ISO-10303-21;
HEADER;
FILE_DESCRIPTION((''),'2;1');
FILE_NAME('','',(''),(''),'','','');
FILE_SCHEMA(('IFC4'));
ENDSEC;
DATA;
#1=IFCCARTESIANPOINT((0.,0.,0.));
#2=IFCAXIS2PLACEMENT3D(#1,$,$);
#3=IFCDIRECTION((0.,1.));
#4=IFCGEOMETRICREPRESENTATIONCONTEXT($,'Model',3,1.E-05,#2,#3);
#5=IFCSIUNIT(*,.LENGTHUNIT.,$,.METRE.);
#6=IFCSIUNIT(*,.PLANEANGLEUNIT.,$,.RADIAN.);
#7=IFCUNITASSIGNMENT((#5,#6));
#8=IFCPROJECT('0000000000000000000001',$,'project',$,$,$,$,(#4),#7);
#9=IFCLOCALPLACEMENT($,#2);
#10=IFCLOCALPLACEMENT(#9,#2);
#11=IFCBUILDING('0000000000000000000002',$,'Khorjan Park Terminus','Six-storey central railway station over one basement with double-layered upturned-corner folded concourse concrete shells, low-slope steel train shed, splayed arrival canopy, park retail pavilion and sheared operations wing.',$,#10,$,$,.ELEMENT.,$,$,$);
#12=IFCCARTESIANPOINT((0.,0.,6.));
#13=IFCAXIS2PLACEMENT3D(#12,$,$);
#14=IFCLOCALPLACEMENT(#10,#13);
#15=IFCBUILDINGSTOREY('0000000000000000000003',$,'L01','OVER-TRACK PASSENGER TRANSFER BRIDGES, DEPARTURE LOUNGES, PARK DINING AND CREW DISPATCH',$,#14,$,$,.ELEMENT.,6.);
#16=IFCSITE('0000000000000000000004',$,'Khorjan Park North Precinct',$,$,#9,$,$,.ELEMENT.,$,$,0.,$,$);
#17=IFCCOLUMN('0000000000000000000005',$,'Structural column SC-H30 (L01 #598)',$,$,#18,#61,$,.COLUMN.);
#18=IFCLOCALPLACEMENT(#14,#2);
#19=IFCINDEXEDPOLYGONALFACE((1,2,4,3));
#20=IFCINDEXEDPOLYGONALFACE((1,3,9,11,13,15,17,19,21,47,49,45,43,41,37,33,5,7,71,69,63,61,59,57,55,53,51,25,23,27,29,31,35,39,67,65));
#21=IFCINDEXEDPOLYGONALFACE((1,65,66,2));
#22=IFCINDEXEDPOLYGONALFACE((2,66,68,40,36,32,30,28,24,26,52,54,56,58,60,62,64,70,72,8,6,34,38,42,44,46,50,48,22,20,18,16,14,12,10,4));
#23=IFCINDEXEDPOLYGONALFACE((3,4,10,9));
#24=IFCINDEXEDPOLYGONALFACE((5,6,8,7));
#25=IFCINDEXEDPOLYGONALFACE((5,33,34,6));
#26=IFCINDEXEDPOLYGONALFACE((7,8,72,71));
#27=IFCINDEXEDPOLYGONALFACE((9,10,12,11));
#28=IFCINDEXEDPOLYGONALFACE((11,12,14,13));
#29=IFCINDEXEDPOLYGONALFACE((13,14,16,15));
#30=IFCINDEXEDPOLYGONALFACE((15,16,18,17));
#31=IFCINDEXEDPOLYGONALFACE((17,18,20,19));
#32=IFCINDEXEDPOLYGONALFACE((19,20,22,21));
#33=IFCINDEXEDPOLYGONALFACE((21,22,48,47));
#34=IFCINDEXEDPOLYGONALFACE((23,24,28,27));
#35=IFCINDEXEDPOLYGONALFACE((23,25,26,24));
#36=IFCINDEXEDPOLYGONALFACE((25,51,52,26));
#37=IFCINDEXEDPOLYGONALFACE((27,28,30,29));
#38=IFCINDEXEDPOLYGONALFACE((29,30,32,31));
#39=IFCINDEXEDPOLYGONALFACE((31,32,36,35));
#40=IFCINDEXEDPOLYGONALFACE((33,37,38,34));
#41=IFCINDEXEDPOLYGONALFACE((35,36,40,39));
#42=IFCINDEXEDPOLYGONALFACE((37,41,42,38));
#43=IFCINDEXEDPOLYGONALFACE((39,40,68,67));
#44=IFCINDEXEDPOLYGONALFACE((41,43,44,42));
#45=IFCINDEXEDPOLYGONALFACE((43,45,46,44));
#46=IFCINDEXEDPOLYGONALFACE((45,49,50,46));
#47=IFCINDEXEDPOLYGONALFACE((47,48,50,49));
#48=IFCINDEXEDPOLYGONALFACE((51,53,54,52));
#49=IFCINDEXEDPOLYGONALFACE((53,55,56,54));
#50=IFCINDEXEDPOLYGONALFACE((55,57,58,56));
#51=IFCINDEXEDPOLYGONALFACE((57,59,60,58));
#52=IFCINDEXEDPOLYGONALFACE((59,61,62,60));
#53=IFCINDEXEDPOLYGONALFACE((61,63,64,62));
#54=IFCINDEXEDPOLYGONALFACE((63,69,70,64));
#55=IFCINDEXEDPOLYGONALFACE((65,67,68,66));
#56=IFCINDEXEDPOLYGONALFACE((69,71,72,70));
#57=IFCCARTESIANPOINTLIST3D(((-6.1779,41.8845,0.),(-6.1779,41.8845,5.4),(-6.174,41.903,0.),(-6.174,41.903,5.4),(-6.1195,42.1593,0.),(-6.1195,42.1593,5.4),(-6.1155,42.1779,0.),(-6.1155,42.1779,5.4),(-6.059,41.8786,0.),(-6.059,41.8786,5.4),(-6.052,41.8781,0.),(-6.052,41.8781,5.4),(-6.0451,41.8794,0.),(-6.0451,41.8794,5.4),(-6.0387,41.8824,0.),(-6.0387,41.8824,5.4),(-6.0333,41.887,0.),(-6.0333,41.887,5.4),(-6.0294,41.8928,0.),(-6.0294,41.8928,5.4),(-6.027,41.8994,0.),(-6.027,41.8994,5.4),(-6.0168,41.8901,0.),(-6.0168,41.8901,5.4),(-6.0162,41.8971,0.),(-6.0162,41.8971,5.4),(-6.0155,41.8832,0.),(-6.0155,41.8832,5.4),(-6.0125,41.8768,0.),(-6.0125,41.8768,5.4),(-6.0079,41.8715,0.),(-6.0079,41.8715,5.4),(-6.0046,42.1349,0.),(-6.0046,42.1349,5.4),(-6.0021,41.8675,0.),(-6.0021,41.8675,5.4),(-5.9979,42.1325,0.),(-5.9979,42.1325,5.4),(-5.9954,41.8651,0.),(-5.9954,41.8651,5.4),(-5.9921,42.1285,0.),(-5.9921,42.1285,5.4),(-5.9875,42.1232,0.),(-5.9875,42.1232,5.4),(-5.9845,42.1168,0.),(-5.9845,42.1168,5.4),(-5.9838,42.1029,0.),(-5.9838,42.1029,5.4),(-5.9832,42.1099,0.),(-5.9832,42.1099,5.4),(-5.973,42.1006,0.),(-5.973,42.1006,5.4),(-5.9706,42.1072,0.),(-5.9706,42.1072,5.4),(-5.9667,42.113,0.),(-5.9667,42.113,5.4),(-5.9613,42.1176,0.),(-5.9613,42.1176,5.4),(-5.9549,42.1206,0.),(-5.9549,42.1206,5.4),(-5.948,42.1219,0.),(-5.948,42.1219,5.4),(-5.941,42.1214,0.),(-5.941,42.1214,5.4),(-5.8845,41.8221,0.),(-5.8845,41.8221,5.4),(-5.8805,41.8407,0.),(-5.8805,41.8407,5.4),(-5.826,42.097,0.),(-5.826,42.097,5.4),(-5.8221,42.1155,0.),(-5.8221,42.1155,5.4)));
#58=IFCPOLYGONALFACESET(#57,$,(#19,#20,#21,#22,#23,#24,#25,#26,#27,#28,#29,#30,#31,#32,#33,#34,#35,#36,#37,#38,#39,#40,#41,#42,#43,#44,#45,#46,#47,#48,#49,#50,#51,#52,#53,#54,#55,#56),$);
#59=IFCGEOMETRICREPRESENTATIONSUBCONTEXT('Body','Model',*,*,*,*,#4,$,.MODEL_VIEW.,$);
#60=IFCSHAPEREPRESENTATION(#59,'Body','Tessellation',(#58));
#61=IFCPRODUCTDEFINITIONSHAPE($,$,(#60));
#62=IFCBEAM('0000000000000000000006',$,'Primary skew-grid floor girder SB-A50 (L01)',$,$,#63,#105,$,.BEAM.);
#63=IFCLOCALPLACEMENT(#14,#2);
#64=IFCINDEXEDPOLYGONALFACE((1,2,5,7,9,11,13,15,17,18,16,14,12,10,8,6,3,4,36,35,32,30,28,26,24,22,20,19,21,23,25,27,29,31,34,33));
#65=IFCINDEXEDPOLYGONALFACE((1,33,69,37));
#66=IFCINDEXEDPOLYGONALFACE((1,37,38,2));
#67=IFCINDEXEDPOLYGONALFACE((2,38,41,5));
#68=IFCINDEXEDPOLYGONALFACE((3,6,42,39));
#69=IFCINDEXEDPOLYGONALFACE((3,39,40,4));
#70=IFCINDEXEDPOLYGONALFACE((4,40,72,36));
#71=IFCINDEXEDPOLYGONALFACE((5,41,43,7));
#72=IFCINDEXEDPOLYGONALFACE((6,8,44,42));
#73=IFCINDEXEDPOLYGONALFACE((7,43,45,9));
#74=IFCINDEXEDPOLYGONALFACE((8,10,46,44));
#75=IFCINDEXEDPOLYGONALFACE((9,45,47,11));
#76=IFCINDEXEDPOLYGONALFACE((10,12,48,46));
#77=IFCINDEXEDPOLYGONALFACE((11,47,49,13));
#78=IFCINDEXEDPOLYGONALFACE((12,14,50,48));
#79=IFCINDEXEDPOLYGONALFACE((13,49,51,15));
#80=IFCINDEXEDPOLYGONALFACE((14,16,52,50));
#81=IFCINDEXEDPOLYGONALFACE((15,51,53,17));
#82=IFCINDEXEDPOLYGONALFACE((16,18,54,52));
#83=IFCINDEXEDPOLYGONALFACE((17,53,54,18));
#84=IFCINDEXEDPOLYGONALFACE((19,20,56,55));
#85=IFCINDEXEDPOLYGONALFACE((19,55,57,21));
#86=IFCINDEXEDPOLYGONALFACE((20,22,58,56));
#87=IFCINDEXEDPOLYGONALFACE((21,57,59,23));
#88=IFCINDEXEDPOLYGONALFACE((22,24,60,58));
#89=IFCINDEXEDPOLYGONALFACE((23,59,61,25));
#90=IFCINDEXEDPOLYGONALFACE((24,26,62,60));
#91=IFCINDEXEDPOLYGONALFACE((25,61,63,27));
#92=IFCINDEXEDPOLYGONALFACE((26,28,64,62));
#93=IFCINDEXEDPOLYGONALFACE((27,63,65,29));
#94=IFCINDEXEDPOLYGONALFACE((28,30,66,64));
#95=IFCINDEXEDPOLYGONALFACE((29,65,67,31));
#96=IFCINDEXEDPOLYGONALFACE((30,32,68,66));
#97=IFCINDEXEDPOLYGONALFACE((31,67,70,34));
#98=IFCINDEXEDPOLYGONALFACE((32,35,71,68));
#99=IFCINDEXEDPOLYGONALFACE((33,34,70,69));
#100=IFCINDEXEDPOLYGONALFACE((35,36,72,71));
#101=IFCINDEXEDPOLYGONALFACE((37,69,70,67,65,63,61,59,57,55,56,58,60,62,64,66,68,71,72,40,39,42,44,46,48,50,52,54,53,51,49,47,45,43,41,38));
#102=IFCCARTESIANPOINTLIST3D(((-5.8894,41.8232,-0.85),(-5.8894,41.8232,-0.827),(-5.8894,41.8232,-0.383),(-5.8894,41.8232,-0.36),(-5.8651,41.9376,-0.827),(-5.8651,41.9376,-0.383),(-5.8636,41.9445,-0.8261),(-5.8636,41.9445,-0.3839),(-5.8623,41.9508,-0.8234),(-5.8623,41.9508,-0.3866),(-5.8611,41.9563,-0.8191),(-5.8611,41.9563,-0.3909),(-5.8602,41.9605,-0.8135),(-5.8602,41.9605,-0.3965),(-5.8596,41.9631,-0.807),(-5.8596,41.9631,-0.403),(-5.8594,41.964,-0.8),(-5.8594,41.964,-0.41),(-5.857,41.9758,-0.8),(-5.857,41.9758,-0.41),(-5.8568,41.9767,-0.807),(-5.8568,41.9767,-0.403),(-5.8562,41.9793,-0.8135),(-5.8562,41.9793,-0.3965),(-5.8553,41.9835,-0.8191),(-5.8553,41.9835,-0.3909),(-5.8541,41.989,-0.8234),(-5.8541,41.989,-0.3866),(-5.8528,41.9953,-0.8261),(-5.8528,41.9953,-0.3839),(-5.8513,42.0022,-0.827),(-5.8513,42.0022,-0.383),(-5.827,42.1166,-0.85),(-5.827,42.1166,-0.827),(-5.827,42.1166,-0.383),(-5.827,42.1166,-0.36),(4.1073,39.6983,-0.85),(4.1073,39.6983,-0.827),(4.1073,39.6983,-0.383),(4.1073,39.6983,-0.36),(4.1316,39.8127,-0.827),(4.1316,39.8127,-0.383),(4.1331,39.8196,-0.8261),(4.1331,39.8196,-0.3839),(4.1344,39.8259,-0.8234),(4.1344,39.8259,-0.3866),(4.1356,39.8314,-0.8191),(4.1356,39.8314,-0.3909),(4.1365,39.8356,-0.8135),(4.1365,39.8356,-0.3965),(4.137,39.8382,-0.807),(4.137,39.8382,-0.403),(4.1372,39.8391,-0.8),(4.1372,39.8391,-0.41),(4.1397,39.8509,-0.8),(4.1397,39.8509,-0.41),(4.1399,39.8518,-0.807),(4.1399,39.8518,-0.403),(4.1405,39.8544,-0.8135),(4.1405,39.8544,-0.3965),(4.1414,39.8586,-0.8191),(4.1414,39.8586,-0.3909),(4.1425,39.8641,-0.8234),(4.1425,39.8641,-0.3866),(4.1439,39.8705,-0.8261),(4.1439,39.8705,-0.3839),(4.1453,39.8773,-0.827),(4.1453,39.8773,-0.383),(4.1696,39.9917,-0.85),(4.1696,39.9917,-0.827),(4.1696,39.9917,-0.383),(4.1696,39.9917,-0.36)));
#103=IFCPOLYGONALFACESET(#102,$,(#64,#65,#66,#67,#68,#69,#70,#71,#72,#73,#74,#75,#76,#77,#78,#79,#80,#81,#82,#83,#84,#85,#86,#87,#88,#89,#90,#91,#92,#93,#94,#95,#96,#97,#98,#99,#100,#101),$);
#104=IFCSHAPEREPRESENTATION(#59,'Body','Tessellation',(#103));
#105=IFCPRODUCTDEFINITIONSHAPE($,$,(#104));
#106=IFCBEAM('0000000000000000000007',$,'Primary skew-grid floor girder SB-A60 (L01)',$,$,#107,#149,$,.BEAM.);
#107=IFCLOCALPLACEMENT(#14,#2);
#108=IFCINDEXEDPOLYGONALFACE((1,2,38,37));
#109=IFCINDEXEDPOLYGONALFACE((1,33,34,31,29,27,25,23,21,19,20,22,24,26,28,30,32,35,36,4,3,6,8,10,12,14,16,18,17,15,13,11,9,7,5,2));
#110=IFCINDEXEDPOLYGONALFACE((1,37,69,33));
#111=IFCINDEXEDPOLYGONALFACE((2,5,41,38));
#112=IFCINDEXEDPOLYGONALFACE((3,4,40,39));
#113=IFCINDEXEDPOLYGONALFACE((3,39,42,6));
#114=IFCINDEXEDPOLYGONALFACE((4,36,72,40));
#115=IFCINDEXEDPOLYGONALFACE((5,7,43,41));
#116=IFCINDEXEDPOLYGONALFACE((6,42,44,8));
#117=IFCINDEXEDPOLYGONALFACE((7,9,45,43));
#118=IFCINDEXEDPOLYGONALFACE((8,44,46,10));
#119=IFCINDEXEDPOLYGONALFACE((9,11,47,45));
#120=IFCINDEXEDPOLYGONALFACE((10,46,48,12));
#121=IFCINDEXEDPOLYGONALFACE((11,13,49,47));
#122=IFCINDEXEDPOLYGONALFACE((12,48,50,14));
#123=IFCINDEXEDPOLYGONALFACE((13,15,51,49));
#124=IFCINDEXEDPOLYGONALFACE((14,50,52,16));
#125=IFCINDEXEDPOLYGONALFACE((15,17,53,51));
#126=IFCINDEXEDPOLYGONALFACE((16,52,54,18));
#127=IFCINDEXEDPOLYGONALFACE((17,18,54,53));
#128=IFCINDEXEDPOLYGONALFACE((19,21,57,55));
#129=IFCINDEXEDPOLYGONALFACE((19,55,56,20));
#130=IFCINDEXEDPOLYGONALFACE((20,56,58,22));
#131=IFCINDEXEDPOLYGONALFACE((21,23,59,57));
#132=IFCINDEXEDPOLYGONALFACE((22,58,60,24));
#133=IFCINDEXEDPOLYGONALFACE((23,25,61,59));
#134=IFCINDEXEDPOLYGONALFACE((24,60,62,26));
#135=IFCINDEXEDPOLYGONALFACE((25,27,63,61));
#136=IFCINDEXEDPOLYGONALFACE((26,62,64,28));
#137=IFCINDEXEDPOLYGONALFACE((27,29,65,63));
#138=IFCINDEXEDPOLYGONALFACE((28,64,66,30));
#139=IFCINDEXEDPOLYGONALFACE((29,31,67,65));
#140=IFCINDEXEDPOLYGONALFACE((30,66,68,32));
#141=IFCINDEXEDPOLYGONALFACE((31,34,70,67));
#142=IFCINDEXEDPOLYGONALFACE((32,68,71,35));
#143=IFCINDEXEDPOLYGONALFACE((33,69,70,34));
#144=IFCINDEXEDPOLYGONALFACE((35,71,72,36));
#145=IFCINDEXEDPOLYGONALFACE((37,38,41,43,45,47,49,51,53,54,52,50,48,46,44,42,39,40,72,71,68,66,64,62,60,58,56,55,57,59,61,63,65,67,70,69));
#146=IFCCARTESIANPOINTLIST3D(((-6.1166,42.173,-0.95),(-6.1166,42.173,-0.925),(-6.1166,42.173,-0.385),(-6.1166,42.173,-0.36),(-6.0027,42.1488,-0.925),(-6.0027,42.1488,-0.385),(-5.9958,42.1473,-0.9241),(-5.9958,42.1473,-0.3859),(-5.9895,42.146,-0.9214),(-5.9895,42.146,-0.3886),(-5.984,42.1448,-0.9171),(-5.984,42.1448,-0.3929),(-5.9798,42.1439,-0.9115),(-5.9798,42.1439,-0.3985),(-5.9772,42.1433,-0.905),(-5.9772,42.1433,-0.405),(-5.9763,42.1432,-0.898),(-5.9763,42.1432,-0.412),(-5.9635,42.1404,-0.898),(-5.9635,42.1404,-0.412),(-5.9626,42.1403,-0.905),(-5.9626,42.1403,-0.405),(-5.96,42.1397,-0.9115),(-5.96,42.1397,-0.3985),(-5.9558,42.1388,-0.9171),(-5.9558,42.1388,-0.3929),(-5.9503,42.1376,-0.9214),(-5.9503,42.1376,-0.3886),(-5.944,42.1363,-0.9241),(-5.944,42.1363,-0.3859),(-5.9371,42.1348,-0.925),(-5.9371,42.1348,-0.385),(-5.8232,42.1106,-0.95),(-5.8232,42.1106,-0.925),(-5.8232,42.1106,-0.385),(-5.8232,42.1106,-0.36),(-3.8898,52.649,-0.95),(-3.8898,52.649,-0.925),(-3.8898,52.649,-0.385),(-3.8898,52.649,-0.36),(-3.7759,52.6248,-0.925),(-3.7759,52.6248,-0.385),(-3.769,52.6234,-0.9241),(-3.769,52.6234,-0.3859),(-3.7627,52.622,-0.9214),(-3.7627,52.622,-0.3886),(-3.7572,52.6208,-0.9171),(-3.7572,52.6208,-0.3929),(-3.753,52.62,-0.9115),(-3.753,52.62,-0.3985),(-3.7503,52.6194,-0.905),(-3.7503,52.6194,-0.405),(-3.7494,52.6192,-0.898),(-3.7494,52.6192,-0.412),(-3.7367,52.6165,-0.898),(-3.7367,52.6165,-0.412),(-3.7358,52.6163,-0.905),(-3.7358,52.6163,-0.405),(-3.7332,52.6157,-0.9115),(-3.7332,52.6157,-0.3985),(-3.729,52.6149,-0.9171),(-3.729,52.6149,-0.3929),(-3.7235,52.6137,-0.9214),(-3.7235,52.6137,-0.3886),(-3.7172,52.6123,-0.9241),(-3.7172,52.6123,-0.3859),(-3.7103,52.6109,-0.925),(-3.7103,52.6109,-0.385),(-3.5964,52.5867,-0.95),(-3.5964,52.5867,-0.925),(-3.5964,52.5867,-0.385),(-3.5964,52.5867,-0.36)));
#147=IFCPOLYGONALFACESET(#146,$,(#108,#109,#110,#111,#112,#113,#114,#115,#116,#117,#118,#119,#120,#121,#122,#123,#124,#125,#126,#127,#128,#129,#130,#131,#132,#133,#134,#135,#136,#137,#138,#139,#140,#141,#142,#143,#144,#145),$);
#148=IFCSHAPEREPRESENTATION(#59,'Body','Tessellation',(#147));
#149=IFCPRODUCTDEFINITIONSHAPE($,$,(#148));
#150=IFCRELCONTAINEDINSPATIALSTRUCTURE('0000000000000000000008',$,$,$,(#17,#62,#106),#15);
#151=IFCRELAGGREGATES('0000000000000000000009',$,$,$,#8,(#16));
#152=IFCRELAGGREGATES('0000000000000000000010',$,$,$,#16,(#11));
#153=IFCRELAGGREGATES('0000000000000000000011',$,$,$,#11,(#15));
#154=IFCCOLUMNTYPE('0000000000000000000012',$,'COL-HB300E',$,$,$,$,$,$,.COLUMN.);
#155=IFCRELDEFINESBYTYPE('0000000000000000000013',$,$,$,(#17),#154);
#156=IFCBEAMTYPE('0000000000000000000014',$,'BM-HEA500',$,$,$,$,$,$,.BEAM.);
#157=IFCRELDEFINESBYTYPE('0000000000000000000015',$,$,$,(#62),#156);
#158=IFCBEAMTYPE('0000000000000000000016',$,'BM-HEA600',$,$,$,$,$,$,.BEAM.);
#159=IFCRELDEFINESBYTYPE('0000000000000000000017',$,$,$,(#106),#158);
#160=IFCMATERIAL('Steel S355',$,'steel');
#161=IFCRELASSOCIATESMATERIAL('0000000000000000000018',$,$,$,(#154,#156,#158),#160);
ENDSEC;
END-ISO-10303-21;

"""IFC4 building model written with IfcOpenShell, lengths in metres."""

from ifc_helpers import new_model, si_unit, direction, frame, origin, origin_2d, place, context, subcontext, project, spatial, i_section, extrude, material, material_profile, profile_set, type_object, element, save


model = new_model("IFC4")

# Units and contexts
model_context = context("Model", 3, precision=1e-05, world=origin(), true_north=direction((0.0, 1.0)))
body_context = subcontext(model_context, "Body", "Model", "MODEL_VIEW")
ifc_project = project(units=[si_unit("LENGTHUNIT", "METRE"), si_unit("PLANEANGLEUNIT", "RADIAN")], contexts=[model_context])

# Site, building, storey
site_placement = place(None, origin())
site = spatial("IfcSite", under=ifc_project, at=site_placement, Name="Khorjan Park North Precinct", CompositionType="ELEMENT", RefElevation=0.0)
building_placement = place(site_placement, origin())
building = spatial("IfcBuilding", under=site, at=building_placement, Name="Khorjan Park Terminus", Description="Six-storey central railway station over one basement with double-layered upturned-corner folded concourse concrete shells, low-slope steel train shed, splayed arrival canopy, park retail pavilion and sheared operations wing.", CompositionType="ELEMENT")
storey_placement = place(building_placement, frame((0.0, 0.0, 6.0)))
storey = spatial("IfcBuildingStorey", under=building, at=storey_placement, Name="L01", Description="OVER-TRACK PASSENGER TRANSFER BRIDGES, DEPARTURE LOUNGES, PARK DINING AND CREW DISPATCH", CompositionType="ELEMENT", Elevation=6.0)

# Column
ifc_material_1 = material(Name="Steel S355", Category="steel")
ifc_material_profile_1 = material_profile(ifc_material_1, i_section(OverallWidth=0.3, OverallDepth=0.3, WebThickness=0.011, FlangeThickness=0.019, FilletRadius=0.027, at=origin_2d()), Name="HEB 300")
ifc_profile_set_1 = profile_set([ifc_material_profile_1], Name="Steel S355")
column_type = type_object("IfcColumnType", Name="COL-HB300E", PredefinedType="COLUMN", material=ifc_profile_set_1)
column_placement = place(storey_placement, frame((-6.0, 42.0, 0.0), z_axis=(0.0, 0.0, 1.0), x_axis=(0.978148, -0.207912, 0.0)))
element("IfcColumn", 1, at=column_placement, inside=storey, type_object=column_type, Name="Structural column SC-H30 (L01 #598)", PredefinedType="COLUMN", context=body_context, shape_type="SweptSolid", body=[
    extrude(i_section(OverallWidth=0.3, OverallDepth=0.3, WebThickness=0.011, FlangeThickness=0.019, FilletRadius=0.027, at=origin_2d()), origin(), (0.0, 0.0, 1.0), 5.4),
])

# Beams
ifc_material_profile_2 = material_profile(ifc_material_1, i_section(OverallWidth=0.3, OverallDepth=0.49, WebThickness=0.012, FlangeThickness=0.023, FilletRadius=0.027, at=origin_2d()), Name="HEA 500")
ifc_profile_set_2 = profile_set([ifc_material_profile_2], Name="Steel S355")
beam_type_1 = type_object("IfcBeamType", Name="BM-HEA500", PredefinedType="BEAM", material=ifc_profile_set_2)
beam_1_placement = place(storey_placement, frame((-5.8582, 41.9699, -0.605), z_axis=(0.978147, -0.207915, 0.0), x_axis=(0.207915, 0.978147, 0.0)))
element("IfcBeam", 2, at=beam_1_placement, inside=storey, type_object=beam_type_1, Name="Primary skew-grid floor girder SB-A50 (L01)", PredefinedType="BEAM", context=body_context, shape_type="SweptSolid", body=[
    extrude(i_section(OverallWidth=0.3, OverallDepth=0.49, WebThickness=0.012, FlangeThickness=0.023, FilletRadius=0.027, at=origin_2d()), origin(), (0.0, 0.0, 1.0), 10.22),
])
ifc_material_profile_3 = material_profile(ifc_material_1, i_section(OverallWidth=0.3, OverallDepth=0.59, WebThickness=0.013, FlangeThickness=0.025, FilletRadius=0.027, at=origin_2d()), Name="HEA 600")
ifc_profile_set_3 = profile_set([ifc_material_profile_3], Name="Steel S355")
beam_type_2 = type_object("IfcBeamType", Name="BM-HEA600", PredefinedType="BEAM", material=ifc_profile_set_3)
beam_2_placement = place(storey_placement, frame((-5.9699, 42.1418, -0.655), z_axis=(0.207917, 0.978147, 0.0), x_axis=(-0.978147, 0.207917, 0.0)))
element("IfcBeam", 3, at=beam_2_placement, inside=storey, type_object=beam_type_2, Name="Primary skew-grid floor girder SB-A60 (L01)", PredefinedType="BEAM", context=body_context, shape_type="SweptSolid", body=[
    extrude(i_section(OverallWidth=0.3, OverallDepth=0.59, WebThickness=0.013, FlangeThickness=0.025, FilletRadius=0.027, at=origin_2d()), origin(), (0.0, 0.0, 1.0), 10.7101),
])

save(model, "model.ifc")
